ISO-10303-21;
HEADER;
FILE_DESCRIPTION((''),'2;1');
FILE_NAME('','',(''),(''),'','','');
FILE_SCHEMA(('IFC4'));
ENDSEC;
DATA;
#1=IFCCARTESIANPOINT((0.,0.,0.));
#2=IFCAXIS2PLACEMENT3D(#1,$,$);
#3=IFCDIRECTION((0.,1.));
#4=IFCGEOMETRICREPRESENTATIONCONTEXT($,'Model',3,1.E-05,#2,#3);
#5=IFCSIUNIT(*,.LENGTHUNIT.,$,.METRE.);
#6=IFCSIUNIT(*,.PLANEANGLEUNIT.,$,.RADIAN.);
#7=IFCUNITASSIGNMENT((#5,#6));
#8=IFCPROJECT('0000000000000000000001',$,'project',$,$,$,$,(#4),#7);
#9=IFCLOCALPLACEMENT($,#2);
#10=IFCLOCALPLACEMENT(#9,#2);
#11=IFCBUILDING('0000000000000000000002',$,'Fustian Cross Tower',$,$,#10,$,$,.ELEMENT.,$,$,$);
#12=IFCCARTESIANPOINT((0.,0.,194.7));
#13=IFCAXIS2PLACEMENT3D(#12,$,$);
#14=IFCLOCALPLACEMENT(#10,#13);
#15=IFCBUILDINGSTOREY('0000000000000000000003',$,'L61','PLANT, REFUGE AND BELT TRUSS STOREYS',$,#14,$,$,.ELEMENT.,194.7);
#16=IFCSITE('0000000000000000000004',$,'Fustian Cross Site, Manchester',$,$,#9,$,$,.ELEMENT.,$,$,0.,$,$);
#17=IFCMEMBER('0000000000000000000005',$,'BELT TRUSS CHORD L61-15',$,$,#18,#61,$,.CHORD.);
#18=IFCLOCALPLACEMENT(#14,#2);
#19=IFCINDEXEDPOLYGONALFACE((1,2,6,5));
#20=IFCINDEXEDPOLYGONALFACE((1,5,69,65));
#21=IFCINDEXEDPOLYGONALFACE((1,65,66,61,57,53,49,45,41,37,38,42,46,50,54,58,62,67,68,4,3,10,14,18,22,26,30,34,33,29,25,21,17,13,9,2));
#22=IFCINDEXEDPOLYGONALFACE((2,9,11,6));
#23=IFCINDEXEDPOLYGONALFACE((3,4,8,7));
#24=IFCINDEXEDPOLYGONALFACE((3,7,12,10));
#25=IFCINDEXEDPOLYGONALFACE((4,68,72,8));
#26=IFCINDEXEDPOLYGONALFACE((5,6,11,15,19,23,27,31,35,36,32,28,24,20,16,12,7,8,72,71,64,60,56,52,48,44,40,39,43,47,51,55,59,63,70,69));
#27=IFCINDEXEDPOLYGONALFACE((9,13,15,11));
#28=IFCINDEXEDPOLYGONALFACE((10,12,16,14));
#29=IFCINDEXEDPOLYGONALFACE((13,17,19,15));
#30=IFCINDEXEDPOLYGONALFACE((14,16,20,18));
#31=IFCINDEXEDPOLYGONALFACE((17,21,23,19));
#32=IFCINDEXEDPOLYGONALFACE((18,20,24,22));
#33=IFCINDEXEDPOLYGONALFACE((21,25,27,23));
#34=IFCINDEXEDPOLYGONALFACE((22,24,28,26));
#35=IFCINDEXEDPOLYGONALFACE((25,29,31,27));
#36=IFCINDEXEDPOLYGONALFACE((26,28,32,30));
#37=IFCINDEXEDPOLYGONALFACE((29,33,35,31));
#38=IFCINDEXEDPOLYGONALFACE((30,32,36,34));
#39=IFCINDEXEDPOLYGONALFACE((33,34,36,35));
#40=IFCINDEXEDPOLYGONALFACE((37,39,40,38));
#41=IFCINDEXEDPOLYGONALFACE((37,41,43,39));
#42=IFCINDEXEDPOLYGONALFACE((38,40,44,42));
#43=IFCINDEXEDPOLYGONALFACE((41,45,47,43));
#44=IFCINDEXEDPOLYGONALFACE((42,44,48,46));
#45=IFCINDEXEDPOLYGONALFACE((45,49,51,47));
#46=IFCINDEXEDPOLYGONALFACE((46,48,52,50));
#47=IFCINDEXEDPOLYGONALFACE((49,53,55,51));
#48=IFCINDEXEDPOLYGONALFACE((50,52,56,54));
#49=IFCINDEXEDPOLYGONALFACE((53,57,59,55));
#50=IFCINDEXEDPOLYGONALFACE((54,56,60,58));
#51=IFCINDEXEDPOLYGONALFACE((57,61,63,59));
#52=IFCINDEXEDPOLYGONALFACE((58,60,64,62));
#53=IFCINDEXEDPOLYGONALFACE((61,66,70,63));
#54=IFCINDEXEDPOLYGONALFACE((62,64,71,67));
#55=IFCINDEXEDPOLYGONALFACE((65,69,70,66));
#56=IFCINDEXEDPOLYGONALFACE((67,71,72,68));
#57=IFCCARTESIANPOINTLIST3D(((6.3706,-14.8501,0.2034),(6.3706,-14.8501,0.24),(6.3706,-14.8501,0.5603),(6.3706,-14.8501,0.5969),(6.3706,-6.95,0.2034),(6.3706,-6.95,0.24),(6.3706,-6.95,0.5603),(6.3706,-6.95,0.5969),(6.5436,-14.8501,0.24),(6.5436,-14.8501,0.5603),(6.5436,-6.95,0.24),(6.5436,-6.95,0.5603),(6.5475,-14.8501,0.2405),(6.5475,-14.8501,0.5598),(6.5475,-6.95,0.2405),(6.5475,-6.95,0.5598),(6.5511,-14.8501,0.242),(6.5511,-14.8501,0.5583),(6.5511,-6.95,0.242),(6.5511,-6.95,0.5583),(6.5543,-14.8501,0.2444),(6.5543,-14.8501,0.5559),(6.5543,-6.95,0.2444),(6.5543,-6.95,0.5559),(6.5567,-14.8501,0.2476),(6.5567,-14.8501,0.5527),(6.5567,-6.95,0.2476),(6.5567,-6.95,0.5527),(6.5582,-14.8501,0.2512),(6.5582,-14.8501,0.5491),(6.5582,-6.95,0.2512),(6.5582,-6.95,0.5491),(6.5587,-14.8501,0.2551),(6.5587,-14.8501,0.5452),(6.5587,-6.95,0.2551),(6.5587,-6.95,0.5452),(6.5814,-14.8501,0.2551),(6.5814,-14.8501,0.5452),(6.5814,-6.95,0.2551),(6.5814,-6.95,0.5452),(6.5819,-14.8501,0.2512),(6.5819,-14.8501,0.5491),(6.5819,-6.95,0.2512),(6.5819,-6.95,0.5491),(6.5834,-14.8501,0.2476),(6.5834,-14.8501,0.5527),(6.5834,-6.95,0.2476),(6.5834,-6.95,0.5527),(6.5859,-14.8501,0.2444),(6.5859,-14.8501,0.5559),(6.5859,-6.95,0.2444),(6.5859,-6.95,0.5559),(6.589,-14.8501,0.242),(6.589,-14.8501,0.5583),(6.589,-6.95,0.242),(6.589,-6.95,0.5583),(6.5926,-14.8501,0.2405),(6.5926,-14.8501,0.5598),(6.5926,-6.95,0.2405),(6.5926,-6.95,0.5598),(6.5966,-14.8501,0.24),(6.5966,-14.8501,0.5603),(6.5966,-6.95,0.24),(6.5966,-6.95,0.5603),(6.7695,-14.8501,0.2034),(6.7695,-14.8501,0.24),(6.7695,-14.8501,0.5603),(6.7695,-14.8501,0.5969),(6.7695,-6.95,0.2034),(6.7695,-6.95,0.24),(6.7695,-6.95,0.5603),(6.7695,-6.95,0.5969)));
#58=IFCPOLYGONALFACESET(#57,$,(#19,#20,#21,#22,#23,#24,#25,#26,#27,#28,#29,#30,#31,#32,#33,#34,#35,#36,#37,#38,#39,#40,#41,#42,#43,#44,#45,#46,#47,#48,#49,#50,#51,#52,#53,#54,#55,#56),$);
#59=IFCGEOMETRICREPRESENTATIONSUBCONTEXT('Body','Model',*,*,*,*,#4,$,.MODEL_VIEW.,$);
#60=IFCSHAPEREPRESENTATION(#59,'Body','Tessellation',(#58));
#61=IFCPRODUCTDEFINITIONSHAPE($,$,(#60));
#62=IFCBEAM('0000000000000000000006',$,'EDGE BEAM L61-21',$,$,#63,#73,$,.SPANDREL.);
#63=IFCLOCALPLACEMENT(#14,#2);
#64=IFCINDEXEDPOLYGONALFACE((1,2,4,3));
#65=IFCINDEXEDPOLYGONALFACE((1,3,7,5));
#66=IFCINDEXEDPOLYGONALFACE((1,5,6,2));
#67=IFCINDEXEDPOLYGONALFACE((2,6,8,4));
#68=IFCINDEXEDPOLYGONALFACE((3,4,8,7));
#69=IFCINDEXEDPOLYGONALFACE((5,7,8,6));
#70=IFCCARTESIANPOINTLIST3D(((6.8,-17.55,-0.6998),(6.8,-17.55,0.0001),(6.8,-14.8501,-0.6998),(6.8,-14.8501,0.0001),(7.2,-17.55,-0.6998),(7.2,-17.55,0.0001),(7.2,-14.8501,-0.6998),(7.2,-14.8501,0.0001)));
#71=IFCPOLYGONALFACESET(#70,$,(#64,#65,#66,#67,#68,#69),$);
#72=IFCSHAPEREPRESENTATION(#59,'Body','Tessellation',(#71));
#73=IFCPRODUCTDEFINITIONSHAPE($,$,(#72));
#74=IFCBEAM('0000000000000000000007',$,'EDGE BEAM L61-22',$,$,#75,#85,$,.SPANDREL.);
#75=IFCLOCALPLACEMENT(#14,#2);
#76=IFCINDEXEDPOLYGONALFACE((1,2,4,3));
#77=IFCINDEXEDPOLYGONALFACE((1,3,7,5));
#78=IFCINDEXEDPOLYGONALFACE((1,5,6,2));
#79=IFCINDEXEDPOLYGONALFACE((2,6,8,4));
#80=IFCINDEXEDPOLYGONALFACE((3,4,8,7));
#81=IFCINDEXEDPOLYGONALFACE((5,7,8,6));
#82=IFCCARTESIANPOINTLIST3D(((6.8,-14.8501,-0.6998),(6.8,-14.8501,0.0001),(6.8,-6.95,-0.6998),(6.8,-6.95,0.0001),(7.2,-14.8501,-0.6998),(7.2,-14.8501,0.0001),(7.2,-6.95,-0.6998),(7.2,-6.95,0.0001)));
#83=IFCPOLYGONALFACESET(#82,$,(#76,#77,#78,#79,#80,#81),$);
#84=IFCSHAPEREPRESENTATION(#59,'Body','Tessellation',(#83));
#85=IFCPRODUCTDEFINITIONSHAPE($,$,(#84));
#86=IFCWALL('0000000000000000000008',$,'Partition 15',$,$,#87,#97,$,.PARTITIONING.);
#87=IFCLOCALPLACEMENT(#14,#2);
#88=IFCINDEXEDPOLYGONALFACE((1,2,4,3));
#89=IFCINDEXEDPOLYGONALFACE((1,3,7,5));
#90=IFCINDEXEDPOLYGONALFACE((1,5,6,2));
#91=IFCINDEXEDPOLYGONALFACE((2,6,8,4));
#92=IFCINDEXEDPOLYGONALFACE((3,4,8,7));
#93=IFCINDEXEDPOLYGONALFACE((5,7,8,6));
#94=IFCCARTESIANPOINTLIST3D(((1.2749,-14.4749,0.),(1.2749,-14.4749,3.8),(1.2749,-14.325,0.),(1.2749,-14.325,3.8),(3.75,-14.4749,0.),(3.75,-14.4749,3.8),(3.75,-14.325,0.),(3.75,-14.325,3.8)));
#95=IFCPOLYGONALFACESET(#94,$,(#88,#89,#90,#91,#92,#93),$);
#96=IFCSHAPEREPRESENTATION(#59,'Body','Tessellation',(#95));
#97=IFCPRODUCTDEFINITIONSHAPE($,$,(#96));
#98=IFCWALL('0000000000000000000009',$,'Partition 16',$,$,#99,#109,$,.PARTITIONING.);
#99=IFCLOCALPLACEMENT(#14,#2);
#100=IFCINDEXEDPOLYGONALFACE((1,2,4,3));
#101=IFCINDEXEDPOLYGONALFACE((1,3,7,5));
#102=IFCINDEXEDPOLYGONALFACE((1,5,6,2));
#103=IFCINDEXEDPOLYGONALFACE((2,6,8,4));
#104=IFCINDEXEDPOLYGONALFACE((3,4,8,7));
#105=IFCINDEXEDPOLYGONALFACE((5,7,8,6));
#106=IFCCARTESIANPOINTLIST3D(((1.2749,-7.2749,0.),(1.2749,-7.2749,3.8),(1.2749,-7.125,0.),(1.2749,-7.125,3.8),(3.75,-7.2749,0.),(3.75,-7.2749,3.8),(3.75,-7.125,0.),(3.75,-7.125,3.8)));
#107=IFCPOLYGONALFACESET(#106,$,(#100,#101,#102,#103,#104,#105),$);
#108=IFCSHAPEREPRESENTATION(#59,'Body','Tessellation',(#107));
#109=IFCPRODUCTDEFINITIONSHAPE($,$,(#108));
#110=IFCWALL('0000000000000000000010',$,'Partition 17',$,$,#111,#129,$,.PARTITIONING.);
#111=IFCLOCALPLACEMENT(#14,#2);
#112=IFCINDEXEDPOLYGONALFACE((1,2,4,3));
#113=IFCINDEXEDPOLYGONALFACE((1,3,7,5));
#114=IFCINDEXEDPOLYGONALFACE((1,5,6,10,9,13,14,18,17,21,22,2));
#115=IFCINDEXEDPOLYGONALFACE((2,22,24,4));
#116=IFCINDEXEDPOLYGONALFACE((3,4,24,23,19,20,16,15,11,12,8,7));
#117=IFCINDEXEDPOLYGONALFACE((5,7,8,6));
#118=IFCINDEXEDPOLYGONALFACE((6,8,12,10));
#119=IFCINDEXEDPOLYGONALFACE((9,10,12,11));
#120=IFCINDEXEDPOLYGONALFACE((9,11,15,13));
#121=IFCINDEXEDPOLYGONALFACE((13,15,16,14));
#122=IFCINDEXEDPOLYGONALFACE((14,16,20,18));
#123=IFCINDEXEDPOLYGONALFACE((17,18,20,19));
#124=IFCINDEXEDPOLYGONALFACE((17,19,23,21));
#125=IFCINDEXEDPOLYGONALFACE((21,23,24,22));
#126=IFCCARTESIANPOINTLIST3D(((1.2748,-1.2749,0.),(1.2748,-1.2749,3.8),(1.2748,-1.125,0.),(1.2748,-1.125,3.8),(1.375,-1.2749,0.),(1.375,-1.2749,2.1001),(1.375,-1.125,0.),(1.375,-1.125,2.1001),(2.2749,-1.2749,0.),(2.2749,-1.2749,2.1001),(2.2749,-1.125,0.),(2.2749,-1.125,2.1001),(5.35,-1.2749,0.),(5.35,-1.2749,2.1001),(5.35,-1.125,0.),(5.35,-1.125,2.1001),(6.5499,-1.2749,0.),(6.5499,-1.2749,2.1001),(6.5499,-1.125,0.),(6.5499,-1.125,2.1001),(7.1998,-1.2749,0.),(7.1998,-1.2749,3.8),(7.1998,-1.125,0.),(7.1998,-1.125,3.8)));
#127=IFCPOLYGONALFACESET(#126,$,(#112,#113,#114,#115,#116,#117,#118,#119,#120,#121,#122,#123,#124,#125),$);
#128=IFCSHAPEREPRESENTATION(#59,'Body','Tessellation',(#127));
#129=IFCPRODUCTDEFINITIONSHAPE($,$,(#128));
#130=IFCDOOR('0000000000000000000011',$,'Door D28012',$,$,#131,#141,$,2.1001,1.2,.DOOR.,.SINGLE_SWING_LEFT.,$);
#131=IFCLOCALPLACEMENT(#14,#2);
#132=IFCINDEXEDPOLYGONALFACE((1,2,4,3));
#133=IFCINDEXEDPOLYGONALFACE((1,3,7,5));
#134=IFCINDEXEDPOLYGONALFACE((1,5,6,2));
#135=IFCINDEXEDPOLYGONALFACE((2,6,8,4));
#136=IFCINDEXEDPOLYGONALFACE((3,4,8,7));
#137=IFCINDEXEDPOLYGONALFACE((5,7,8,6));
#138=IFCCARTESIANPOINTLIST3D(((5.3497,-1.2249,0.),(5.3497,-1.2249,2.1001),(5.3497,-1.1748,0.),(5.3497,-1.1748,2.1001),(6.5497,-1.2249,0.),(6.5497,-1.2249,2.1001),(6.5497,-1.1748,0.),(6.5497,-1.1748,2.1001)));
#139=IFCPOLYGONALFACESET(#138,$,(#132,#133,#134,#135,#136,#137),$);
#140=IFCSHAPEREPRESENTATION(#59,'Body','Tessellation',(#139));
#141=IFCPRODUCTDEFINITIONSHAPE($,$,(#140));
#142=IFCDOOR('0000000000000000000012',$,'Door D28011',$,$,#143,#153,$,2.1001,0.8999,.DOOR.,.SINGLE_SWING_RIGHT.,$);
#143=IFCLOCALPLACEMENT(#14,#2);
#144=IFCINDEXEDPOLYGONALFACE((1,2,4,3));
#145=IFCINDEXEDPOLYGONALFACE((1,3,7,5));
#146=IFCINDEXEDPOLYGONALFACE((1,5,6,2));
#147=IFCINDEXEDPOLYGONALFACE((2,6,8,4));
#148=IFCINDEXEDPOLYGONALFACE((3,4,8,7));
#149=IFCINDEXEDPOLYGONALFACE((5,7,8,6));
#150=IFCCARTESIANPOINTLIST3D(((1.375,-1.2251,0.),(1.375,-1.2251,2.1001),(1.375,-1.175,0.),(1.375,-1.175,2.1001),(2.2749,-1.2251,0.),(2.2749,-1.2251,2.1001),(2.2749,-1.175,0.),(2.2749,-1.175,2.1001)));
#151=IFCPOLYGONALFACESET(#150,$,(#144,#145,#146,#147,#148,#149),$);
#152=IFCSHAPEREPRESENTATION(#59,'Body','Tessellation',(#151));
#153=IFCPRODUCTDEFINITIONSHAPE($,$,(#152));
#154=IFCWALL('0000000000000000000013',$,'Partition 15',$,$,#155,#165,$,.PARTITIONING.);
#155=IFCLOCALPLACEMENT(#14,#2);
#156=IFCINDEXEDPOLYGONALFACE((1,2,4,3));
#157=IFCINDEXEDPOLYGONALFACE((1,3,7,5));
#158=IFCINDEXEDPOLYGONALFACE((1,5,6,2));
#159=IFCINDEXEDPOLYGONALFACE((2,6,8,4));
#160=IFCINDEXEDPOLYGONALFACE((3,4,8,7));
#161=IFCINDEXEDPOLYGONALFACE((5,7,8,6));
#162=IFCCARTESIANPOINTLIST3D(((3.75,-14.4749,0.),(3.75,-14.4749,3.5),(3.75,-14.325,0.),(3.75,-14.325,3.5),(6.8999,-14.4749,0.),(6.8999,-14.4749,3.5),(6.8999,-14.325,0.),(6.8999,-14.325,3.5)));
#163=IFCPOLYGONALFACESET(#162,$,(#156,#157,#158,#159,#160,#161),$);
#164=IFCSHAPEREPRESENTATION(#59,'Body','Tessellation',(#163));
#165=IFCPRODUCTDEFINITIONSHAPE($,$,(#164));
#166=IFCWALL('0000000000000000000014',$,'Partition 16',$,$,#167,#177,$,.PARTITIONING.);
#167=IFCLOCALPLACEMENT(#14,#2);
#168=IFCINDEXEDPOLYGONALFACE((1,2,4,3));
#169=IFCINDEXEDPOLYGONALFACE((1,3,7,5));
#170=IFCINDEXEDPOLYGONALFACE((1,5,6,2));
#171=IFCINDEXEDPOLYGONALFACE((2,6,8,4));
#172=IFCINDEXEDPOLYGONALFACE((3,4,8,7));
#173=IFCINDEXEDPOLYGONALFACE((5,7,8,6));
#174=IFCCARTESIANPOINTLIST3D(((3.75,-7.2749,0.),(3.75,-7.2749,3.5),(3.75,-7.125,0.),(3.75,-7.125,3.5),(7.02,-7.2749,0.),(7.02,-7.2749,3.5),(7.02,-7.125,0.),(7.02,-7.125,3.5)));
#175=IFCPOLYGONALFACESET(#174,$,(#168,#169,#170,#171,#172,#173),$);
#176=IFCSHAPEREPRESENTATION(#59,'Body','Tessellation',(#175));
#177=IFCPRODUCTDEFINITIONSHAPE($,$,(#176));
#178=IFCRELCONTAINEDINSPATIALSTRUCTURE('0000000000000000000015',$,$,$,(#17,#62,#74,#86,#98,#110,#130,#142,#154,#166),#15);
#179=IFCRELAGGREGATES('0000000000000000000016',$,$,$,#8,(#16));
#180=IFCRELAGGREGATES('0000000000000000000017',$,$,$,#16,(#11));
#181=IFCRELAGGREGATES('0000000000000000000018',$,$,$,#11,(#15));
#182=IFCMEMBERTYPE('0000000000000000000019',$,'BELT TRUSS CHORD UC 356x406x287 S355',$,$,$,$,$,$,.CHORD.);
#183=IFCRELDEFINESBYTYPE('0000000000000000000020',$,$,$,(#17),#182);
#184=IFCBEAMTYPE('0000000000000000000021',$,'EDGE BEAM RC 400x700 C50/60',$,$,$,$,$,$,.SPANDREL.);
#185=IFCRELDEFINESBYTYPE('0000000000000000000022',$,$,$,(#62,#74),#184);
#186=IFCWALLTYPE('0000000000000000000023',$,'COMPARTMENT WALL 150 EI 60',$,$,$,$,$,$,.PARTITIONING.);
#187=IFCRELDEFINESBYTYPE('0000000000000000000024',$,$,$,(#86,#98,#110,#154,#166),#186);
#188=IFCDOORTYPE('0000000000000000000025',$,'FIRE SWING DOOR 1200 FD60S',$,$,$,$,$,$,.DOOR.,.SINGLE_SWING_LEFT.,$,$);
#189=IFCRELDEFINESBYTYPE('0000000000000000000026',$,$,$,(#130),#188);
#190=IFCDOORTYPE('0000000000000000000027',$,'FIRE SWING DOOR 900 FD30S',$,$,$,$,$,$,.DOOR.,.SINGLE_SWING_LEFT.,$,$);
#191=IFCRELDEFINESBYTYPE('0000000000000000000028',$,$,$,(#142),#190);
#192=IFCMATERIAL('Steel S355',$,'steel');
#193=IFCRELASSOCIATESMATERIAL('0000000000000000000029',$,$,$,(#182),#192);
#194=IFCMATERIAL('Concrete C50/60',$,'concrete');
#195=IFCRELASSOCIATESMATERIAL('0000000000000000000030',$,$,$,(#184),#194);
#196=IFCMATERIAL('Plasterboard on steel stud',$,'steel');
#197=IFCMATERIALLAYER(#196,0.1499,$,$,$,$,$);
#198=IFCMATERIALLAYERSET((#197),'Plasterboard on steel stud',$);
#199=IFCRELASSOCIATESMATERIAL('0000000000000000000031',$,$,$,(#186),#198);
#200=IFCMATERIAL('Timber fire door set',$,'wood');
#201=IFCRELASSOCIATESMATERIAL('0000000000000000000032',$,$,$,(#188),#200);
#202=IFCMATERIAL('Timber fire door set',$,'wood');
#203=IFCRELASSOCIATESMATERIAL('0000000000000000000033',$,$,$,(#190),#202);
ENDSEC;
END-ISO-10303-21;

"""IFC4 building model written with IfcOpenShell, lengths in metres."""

from ifc_helpers import new_model, si_unit, direction, frame, frame_2d, origin, origin_2d, place, context, subcontext, project, spatial, rectangle, i_section, extrude, material, layer, layer_set, material_profile, profile_set, type_object, element, fill, save


model = new_model("IFC4")

# Units and contexts
model_context = context("Model", 3, precision=1e-05, world=origin(), true_north=direction((0.0, 1.0)))
body_context = subcontext(model_context, "Body", "Model", "MODEL_VIEW")
ifc_project = project(units=[si_unit("LENGTHUNIT", "METRE"), si_unit("PLANEANGLEUNIT", "RADIAN")], contexts=[model_context])

# Site, building, storey
site_placement = place(None, origin())
site = spatial("IfcSite", under=ifc_project, at=site_placement, Name="Fustian Cross Site, Manchester", CompositionType="ELEMENT", RefElevation=0.0)
building_placement = place(site_placement, origin())
building = spatial("IfcBuilding", under=site, at=building_placement, Name="Fustian Cross Tower", CompositionType="ELEMENT")
storey_placement = place(building_placement, frame((0.0, 0.0, 194.7)))
storey = spatial("IfcBuildingStorey", under=building, at=storey_placement, Name="L61", Description="PLANT, REFUGE AND BELT TRUSS STOREYS", CompositionType="ELEMENT", Elevation=194.7)

# Member
ifc_material_1 = material(Name="Steel S355", Category="steel")
ifc_material_profile_1 = material_profile(ifc_material_1, i_section(OverallWidth=0.3989, OverallDepth=0.3936, WebThickness=0.0227, FlangeThickness=0.0366, FilletRadius=0.0151, at=origin_2d()), Name="UC 356x406x287")
ifc_profile_set_1 = profile_set([ifc_material_profile_1], Name="Steel S355")
member_type_1 = type_object("IfcMemberType", Name="BELT TRUSS CHORD UC 356x406x287 S355", PredefinedType="CHORD", material=ifc_profile_set_1)
for number, where, z_axis, x_axis, name in (
    (1, (6.5701, -14.8501, 0.4001), (0.0, 1.0, 0.0), (-1.0, 0.0, 0.0), "BELT TRUSS CHORD L61-15"),
):
    element("IfcMember", number, at=place(storey_placement, frame(where, z_axis=z_axis, x_axis=x_axis)), inside=storey, type_object=member_type_1, Name=name, PredefinedType="CHORD", context=body_context, shape_type="SweptSolid", body=[
        extrude(i_section(OverallWidth=0.3989, OverallDepth=0.3936, WebThickness=0.0227, FlangeThickness=0.0366, FilletRadius=0.0151, at=origin_2d()), origin(), (0.0, 0.0, 1.0), 7.9001),
    ])

# Beams
ifc_material_2 = material(Name="Concrete C50/60", Category="concrete")
ifc_material_profile_2 = material_profile(ifc_material_2, rectangle(XDim=0.3999, YDim=0.7, at=origin_2d()), Name="RC 400x700")
ifc_profile_set_2 = profile_set([ifc_material_profile_2], Name="Concrete C50/60")
beam_type = type_object("IfcBeamType", Name="EDGE BEAM RC 400x700 C50/60", PredefinedType="SPANDREL", material=ifc_profile_set_2)
beam_1_placement = place(storey_placement, frame((7.0, -17.55, -0.3499), z_axis=(0.0, 1.0, 0.0), x_axis=(-1.0, 0.0, 0.0)))
element("IfcBeam", 2, at=beam_1_placement, inside=storey, type_object=beam_type, Name="EDGE BEAM L61-21", PredefinedType="SPANDREL", context=body_context, shape_type="SweptSolid", body=[
    extrude(rectangle(XDim=0.3999, YDim=0.7, at=origin_2d()), origin(), (0.0, 0.0, 1.0), 2.7),
])
beam_2_placement = place(storey_placement, frame((7.0, -14.8501, -0.3499), z_axis=(0.0, 1.0, 0.0), x_axis=(-1.0, 0.0, 0.0)))
element("IfcBeam", 3, at=beam_2_placement, inside=storey, type_object=beam_type, Name="EDGE BEAM L61-22", PredefinedType="SPANDREL", context=body_context, shape_type="SweptSolid", body=[
    extrude(rectangle(XDim=0.3999, YDim=0.7, at=origin_2d()), origin(), (0.0, 0.0, 1.0), 7.9001),
])

# Walls
ifc_material_3 = material(Name="Plasterboard on steel stud", Category="steel")
ifc_layer_1 = layer(ifc_material_3, 0.1499)
ifc_layer_set_1 = layer_set([ifc_layer_1], Name="Plasterboard on steel stud")
wall_type_1 = type_object("IfcWallType", Name="COMPARTMENT WALL 150 EI 60", PredefinedType="PARTITIONING", material=ifc_layer_set_1)
for number, where, z_axis, x_axis, name in (
    (4, (1.2749, -14.3999, 0.0), (0.0, 0.0, 1.0), (1.0, 0.0, 0.0), "Partition 15"),
    (5, (1.2749, -7.2, 0.0), (0.0, 0.0, 1.0), (1.0, 0.0, 0.0), "Partition 16"),
):
    element("IfcWall", number, at=place(storey_placement, frame(where, z_axis=z_axis, x_axis=x_axis)), inside=storey, type_object=wall_type_1, Name=name, PredefinedType="PARTITIONING", context=body_context, shape_type="SweptSolid", body=[
        extrude(rectangle(XDim=2.4751, YDim=0.1499, at=frame_2d((1.2375, 0.0))), origin(), (0.0, 0.0, 1.0), 3.8),
    ])

# Wall, openings, doors
wall_1_placement = place(storey_placement, frame((1.2749, -1.2, 0.0), z_axis=(0.0, 0.0, 1.0), x_axis=(1.0, 0.0, 0.0)))
wall_1 = element("IfcWall", 6, at=wall_1_placement, inside=storey, type_object=wall_type_1, Name="Partition 17", PredefinedType="PARTITIONING", context=body_context, shape_type="SweptSolid", body=[
    extrude(rectangle(XDim=5.925, YDim=0.1499, at=frame_2d((2.9624, 0.0))), origin(), (0.0, 0.0, 1.0), 3.8),
])
opening_1_placement = place(wall_1_placement, frame((0.1001, 0.0, 0.0)))
opening_1 = element("IfcOpeningElement", 7, at=opening_1_placement, cuts=wall_1, PredefinedType="OPENING", context=body_context, shape_type="SweptSolid", body=[
    extrude(rectangle(XDim=0.8999, YDim=2.1001, at=frame_2d((0.45, 1.05))), frame((0.0, 0.085, 0.0), z_axis=(0.0, -1.0, 0.0), x_axis=(1.0, 0.0, 0.0)), (0.0, 0.0, 1.0), 0.1699),
])
opening_2_placement = place(wall_1_placement, frame((4.075, 0.0, 0.0)))
opening_2 = element("IfcOpeningElement", 8, at=opening_2_placement, cuts=wall_1, PredefinedType="OPENING", context=body_context, shape_type="SweptSolid", body=[
    extrude(rectangle(XDim=1.2, YDim=2.1001, at=frame_2d((0.6001, 1.05))), frame((0.0, 0.085, 0.0), z_axis=(0.0, -1.0, 0.0), x_axis=(1.0, 0.0, 0.0)), (0.0, 0.0, 1.0), 0.1699),
])
ifc_material_4 = material(Name="Timber fire door set", Category="wood")
door_type_1 = type_object("IfcDoorType", Name="FIRE SWING DOOR 1200 FD60S", OperationType="SINGLE_SWING_LEFT", PredefinedType="DOOR", material=ifc_material_4)
door_1_placement = place(opening_2_placement, frame((1.2, 0.0, 0.0), z_axis=(0.0, 0.0, 1.0), x_axis=(-1.0, 0.0, 0.0)))
door_1 = element("IfcDoor", 9, at=door_1_placement, inside=storey, type_object=door_type_1, Name="Door D28012", OperationType="SINGLE_SWING_LEFT", OverallHeight=2.1001, OverallWidth=1.2, PredefinedType="DOOR", context=body_context, shape_type="SweptSolid", body=[
    extrude(rectangle(XDim=1.2, YDim=2.1001, at=frame_2d((0.6001, 1.05))), frame((0.0, 0.0249, 0.0), z_axis=(0.0, -1.0, 0.0), x_axis=(1.0, 0.0, 0.0)), (0.0, 0.0, 1.0), 0.05),
])
fill(opening_2, door_1)
ifc_material_5 = material(Name="Timber fire door set", Category="wood")
door_type_2 = type_object("IfcDoorType", Name="FIRE SWING DOOR 900 FD30S", OperationType="SINGLE_SWING_LEFT", PredefinedType="DOOR", material=ifc_material_5)
door_2_placement = place(opening_1_placement, origin())
door_2 = element("IfcDoor", 10, at=door_2_placement, inside=storey, type_object=door_type_2, Name="Door D28011", OperationType="SINGLE_SWING_RIGHT", OverallHeight=2.1001, OverallWidth=0.8999, PredefinedType="DOOR", context=body_context, shape_type="SweptSolid", body=[
    extrude(rectangle(XDim=0.8999, YDim=2.1001, at=frame_2d((0.45, 1.05))), frame((0.0, 0.0249, 0.0), z_axis=(0.0, -1.0, 0.0), x_axis=(1.0, 0.0, 0.0)), (0.0, 0.0, 1.0), 0.05),
])
fill(opening_1, door_2)

# Walls
wall_2_placement = place(storey_placement, frame((3.75, -14.3999, 0.0), z_axis=(0.0, 0.0, 1.0), x_axis=(1.0, 0.0, 0.0)))
element("IfcWall", 11, at=wall_2_placement, inside=storey, type_object=wall_type_1, Name="Partition 15", PredefinedType="PARTITIONING", context=body_context, shape_type="SweptSolid", body=[
    extrude(rectangle(XDim=3.1499, YDim=0.1499, at=frame_2d((1.575, 0.0))), origin(), (0.0, 0.0, 1.0), 3.5),
])
wall_3_placement = place(storey_placement, frame((3.75, -7.2, 0.0), z_axis=(0.0, 0.0, 1.0), x_axis=(1.0, 0.0, 0.0)))
element("IfcWall", 12, at=wall_3_placement, inside=storey, type_object=wall_type_1, Name="Partition 16", PredefinedType="PARTITIONING", context=body_context, shape_type="SweptSolid", body=[
    extrude(rectangle(XDim=3.27, YDim=0.1499, at=frame_2d((1.635, 0.0))), origin(), (0.0, 0.0, 1.0), 3.5),
])

save(model, "model.ifc")
